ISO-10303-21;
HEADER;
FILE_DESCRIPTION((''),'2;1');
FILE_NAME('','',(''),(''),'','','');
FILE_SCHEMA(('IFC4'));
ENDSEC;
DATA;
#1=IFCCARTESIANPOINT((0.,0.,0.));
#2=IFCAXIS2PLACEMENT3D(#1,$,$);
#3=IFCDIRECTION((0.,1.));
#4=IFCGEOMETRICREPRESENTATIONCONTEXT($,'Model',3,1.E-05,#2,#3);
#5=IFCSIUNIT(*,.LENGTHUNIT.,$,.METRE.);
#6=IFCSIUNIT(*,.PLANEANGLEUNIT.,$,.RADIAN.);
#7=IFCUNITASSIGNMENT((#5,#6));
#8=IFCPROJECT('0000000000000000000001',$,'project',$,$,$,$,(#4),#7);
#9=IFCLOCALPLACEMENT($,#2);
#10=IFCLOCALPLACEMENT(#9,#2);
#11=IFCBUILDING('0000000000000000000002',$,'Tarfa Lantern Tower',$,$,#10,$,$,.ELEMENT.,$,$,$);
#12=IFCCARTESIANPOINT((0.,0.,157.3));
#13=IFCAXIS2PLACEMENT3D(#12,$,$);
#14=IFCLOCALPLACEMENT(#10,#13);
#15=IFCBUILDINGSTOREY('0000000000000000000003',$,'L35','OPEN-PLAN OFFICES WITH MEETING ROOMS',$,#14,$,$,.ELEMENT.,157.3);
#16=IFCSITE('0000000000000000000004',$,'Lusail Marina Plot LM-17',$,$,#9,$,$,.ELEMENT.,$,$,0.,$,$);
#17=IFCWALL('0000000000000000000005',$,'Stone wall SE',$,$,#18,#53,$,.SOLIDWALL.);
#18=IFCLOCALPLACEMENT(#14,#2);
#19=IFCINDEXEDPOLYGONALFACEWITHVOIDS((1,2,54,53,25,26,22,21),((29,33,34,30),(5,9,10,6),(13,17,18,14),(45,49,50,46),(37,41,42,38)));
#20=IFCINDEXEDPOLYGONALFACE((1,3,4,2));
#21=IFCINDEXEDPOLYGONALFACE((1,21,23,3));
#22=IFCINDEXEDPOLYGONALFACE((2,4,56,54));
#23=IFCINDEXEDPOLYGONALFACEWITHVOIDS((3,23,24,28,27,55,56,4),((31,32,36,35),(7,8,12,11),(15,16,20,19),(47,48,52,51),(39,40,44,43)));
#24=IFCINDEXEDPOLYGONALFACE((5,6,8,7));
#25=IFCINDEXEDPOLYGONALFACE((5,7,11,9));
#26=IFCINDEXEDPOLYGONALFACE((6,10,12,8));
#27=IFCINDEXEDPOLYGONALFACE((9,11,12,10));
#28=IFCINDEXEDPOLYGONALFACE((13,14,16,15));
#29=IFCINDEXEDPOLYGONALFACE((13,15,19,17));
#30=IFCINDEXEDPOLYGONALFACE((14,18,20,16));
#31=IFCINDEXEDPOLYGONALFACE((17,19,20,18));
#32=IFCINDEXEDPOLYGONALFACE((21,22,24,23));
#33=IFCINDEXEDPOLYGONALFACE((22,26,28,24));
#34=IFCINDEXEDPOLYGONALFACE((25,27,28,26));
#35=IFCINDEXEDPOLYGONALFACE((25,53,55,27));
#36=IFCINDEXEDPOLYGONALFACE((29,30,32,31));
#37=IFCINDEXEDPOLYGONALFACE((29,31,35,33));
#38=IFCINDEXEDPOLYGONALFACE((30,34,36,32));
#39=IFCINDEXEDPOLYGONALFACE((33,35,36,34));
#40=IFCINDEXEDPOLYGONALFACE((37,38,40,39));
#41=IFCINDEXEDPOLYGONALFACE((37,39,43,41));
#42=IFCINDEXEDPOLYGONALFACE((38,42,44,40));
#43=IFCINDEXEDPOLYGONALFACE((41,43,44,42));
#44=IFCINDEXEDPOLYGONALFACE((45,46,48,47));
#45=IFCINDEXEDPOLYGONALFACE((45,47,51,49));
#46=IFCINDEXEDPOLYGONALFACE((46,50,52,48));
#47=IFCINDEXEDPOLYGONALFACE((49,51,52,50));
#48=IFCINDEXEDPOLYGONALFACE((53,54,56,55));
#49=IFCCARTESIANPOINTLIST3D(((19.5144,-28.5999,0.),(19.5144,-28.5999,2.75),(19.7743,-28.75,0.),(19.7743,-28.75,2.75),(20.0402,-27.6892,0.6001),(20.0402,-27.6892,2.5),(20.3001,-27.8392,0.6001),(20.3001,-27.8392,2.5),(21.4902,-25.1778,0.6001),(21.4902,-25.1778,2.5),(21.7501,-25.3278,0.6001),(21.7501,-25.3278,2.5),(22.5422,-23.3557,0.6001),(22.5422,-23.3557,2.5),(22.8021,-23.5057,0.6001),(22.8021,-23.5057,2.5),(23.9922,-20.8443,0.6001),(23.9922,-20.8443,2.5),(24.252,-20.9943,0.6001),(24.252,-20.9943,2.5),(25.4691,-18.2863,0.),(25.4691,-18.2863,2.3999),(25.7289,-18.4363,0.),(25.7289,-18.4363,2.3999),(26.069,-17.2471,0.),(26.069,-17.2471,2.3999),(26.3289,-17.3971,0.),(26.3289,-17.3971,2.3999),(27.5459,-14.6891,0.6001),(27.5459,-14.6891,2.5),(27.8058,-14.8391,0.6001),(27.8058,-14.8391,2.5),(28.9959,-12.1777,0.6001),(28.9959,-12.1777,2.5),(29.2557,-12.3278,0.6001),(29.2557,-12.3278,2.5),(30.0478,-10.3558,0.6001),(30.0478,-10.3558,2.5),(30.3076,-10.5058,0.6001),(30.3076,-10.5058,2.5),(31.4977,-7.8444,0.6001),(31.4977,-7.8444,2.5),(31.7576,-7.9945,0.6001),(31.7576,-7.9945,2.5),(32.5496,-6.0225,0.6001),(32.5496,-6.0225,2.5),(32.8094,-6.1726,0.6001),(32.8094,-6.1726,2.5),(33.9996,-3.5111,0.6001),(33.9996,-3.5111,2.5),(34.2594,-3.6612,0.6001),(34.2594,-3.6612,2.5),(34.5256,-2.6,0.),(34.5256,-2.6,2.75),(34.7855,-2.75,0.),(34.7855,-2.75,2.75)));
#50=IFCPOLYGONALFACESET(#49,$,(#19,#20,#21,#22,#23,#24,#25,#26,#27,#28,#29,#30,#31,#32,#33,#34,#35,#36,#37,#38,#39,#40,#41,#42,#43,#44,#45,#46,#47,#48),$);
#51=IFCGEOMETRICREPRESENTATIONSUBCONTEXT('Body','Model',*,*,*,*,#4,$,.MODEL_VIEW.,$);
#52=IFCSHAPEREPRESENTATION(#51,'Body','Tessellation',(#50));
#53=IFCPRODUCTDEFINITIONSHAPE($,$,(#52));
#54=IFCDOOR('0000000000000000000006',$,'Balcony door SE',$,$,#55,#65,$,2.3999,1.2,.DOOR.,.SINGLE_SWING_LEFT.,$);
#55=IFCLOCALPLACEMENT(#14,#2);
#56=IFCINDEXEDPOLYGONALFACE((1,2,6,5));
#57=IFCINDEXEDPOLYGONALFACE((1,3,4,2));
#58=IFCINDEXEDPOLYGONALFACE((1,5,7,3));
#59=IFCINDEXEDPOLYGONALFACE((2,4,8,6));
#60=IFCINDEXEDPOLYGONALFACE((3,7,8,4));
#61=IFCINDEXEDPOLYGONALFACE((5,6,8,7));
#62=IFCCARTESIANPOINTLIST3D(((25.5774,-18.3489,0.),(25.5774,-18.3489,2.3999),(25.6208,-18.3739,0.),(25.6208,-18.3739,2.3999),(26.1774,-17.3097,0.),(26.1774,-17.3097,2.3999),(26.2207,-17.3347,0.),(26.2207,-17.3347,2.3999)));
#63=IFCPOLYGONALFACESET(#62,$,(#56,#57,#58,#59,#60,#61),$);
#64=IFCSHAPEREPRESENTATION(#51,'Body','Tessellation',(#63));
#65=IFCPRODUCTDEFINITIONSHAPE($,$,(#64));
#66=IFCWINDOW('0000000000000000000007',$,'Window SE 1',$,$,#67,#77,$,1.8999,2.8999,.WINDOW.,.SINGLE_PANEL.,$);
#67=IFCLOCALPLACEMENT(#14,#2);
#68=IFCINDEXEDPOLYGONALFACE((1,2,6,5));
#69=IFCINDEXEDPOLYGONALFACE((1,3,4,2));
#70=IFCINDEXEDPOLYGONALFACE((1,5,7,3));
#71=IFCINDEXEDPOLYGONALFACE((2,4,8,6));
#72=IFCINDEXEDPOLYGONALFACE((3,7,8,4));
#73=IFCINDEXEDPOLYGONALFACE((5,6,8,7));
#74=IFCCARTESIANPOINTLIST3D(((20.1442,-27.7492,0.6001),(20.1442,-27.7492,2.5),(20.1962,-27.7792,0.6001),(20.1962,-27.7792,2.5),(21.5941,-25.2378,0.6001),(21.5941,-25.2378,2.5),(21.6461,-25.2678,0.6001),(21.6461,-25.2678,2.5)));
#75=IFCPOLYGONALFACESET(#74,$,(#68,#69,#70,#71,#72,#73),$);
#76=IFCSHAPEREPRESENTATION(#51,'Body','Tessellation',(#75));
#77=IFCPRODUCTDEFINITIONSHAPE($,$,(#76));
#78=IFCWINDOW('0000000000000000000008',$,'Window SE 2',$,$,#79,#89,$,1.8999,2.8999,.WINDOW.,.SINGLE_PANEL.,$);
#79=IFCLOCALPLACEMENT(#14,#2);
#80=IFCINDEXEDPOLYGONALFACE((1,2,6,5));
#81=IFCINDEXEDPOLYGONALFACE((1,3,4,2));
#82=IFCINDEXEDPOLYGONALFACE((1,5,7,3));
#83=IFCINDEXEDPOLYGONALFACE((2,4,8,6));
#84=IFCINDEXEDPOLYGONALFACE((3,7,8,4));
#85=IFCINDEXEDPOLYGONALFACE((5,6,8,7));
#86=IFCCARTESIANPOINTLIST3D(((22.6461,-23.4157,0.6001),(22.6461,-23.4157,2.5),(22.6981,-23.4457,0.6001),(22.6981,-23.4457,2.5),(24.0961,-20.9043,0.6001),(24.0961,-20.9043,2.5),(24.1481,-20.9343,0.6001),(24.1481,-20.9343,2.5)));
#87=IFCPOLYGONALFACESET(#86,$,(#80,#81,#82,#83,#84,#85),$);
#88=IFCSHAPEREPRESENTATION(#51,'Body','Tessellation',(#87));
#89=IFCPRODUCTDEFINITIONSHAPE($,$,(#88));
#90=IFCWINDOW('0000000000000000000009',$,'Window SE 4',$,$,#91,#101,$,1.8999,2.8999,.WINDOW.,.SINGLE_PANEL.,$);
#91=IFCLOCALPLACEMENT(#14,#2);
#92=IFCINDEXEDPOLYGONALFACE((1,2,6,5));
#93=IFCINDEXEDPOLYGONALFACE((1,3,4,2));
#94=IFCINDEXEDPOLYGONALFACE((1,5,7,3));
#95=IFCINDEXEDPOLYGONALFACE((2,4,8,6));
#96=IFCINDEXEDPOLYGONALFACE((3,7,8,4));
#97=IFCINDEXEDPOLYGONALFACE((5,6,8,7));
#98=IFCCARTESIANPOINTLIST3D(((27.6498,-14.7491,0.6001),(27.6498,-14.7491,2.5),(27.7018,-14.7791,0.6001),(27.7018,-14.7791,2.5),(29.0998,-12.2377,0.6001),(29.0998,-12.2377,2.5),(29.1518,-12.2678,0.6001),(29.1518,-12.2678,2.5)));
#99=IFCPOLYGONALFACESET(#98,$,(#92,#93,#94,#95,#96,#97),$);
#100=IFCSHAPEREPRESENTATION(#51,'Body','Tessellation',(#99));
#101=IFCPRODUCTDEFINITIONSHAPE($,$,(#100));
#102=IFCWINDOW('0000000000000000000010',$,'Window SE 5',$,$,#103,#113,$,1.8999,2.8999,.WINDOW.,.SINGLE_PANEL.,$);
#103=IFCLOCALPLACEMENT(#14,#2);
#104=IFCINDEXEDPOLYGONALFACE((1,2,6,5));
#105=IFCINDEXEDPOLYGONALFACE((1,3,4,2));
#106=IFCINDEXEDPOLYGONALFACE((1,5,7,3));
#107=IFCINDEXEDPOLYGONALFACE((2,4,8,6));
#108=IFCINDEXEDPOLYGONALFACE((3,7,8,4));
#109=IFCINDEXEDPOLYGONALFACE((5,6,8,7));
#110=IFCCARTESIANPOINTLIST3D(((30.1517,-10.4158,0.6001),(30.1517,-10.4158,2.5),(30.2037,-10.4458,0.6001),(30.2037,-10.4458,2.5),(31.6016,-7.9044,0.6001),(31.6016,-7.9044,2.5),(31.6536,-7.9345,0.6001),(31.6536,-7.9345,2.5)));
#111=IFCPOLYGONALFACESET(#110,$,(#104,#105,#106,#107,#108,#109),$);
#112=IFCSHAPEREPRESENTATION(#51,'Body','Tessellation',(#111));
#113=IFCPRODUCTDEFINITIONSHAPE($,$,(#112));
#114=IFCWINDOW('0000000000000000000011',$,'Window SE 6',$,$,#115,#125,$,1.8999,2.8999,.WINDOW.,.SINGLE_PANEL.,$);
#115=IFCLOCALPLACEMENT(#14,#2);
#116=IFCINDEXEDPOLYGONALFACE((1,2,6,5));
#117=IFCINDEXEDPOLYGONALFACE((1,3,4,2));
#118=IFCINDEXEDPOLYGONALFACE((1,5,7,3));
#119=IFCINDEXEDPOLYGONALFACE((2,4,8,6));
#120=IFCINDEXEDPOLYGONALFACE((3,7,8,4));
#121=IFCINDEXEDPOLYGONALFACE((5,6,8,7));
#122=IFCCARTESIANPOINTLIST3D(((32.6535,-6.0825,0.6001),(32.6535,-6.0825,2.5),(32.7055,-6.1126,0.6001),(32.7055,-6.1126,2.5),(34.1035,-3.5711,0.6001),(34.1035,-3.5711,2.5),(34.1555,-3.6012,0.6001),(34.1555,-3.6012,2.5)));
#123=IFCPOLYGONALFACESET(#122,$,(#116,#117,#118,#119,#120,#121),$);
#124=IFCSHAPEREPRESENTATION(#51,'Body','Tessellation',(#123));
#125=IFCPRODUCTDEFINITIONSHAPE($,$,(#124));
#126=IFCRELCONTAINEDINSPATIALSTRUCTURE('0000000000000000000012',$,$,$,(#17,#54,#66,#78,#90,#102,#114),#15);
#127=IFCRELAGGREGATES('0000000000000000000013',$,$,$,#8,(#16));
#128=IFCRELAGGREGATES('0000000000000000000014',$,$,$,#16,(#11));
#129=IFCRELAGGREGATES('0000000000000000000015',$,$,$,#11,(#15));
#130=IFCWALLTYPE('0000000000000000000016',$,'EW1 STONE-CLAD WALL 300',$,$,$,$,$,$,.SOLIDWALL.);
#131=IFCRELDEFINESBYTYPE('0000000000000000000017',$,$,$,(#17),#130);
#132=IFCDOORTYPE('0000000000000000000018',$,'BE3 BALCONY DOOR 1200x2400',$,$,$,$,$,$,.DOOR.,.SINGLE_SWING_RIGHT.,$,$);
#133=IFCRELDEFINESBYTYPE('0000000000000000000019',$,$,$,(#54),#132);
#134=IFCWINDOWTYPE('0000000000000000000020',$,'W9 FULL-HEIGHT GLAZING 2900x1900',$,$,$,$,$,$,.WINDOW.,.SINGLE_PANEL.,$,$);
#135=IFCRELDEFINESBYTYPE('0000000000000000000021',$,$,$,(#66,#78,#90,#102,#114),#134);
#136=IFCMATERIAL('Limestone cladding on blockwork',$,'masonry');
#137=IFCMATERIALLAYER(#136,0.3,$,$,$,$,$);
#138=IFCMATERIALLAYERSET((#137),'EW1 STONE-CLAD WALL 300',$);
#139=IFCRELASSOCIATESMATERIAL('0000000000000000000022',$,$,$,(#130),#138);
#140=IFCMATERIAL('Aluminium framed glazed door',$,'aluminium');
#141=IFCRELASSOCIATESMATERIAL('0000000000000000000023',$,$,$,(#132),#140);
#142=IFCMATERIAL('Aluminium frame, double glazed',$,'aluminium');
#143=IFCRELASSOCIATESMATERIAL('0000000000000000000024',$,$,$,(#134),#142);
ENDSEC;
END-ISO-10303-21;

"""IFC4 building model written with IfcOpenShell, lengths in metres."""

from ifc_helpers import new_model, si_unit, direction, frame, frame_2d, origin, place, context, subcontext, project, spatial, rectangle, extrude, material, layer, layer_set, type_object, element, fill, save


model = new_model("IFC4")

# Units and contexts
model_context = context("Model", 3, precision=1e-05, world=origin(), true_north=direction((0.0, 1.0)))
body_context = subcontext(model_context, "Body", "Model", "MODEL_VIEW")
ifc_project = project(units=[si_unit("LENGTHUNIT", "METRE"), si_unit("PLANEANGLEUNIT", "RADIAN")], contexts=[model_context])

# Site, building, storey
site_placement = place(None, origin())
site = spatial("IfcSite", under=ifc_project, at=site_placement, Name="Lusail Marina Plot LM-17", CompositionType="ELEMENT", RefElevation=0.0)
building_placement = place(site_placement, origin())
building = spatial("IfcBuilding", under=site, at=building_placement, Name="Tarfa Lantern Tower", CompositionType="ELEMENT")
storey_placement = place(building_placement, frame((0.0, 0.0, 157.3)))
storey = spatial("IfcBuildingStorey", under=building, at=storey_placement, Name="L35", Description="OPEN-PLAN OFFICES WITH MEETING ROOMS", CompositionType="ELEMENT", Elevation=157.3)

# Wall, openings, door, windows
ifc_material_1 = material(Name="Limestone cladding on blockwork", Category="masonry")
ifc_layer = layer(ifc_material_1, 0.3)
ifc_layer_set = layer_set([ifc_layer], Name="EW1 STONE-CLAD WALL 300")
wall_type = type_object("IfcWallType", Name="EW1 STONE-CLAD WALL 300", PredefinedType="SOLIDWALL", material=ifc_layer_set)
wall_placement = place(storey_placement, frame((19.6443, -28.675, 0.0), z_axis=(0.0, 0.0, 1.0), x_axis=(0.500003, 0.866024, 0.0)))
wall = element("IfcWall", 1, at=wall_placement, inside=storey, type_object=wall_type, Name="Stone wall SE", PredefinedType="SOLIDWALL", context=body_context, shape_type="SweptSolid", body=[
    extrude(rectangle(XDim=30.0222, YDim=0.3, at=frame_2d((15.0112, 0.0))), origin(), (0.0, 0.0, 1.0), 2.75),
])
opening_1_placement = place(wall_placement, frame((1.0518, 0.0, 0.6001)))
opening_1 = element("IfcOpeningElement", 2, at=opening_1_placement, cuts=wall, PredefinedType="OPENING", context=body_context, shape_type="SweptSolid", body=[
    extrude(rectangle(XDim=2.8999, YDim=1.8999, at=frame_2d((1.45, 0.95))), frame((0.0, 0.1599, 0.0), z_axis=(0.0, -1.0, 0.0), x_axis=(1.0, 0.0, 0.0)), (0.0, 0.0, 1.0), 0.3201),
])
opening_2_placement = place(wall_placement, frame((6.0557, 0.0, 0.6001)))
opening_2 = element("IfcOpeningElement", 3, at=opening_2_placement, cuts=wall, PredefinedType="OPENING", context=body_context, shape_type="SweptSolid", body=[
    extrude(rectangle(XDim=2.8999, YDim=1.8999, at=frame_2d((1.45, 0.95))), frame((0.0, 0.1599, 0.0), z_axis=(0.0, -1.0, 0.0), x_axis=(1.0, 0.0, 0.0)), (0.0, 0.0, 1.0), 0.3201),
])
opening_3_placement = place(wall_placement, frame((11.9092, 0.0, 0.0)))
opening_3 = element("IfcOpeningElement", 4, at=opening_3_placement, cuts=wall, PredefinedType="OPENING", context=body_context, shape_type="SweptSolid", body=[
    extrude(rectangle(XDim=1.2, YDim=2.3999, at=frame_2d((0.6001, 1.2))), frame((0.0, 0.1599, 0.0), z_axis=(0.0, -1.0, 0.0), x_axis=(1.0, 0.0, 0.0)), (0.0, 0.0, 1.0), 0.3201),
])
opening_4_placement = place(wall_placement, frame((16.063, 0.0, 0.6001)))
opening_4 = element("IfcOpeningElement", 5, at=opening_4_placement, cuts=wall, PredefinedType="OPENING", context=body_context, shape_type="SweptSolid", body=[
    extrude(rectangle(XDim=2.8999, YDim=1.8999, at=frame_2d((1.45, 0.95))), frame((0.0, 0.1599, 0.0), z_axis=(0.0, -1.0, 0.0), x_axis=(1.0, 0.0, 0.0)), (0.0, 0.0, 1.0), 0.3201),
])
opening_5_placement = place(wall_placement, frame((21.0667, 0.0, 0.6001)))
opening_5 = element("IfcOpeningElement", 6, at=opening_5_placement, cuts=wall, PredefinedType="OPENING", context=body_context, shape_type="SweptSolid", body=[
    extrude(rectangle(XDim=2.8999, YDim=1.8999, at=frame_2d((1.45, 0.95))), frame((0.0, 0.1599, 0.0), z_axis=(0.0, -1.0, 0.0), x_axis=(1.0, 0.0, 0.0)), (0.0, 0.0, 1.0), 0.3201),
])
opening_6_placement = place(wall_placement, frame((26.0703, 0.0, 0.6001)))
opening_6 = element("IfcOpeningElement", 7, at=opening_6_placement, cuts=wall, PredefinedType="OPENING", context=body_context, shape_type="SweptSolid", body=[
    extrude(rectangle(XDim=2.8999, YDim=1.8999, at=frame_2d((1.45, 0.95))), frame((0.0, 0.1599, 0.0), z_axis=(0.0, -1.0, 0.0), x_axis=(1.0, 0.0, 0.0)), (0.0, 0.0, 1.0), 0.3201),
])
ifc_material_2 = material(Name="Aluminium framed glazed door", Category="aluminium")
door_type = type_object("IfcDoorType", Name="BE3 BALCONY DOOR 1200x2400", OperationType="SINGLE_SWING_RIGHT", PredefinedType="DOOR", material=ifc_material_2)
door_placement = place(opening_3_placement, origin())
door = element("IfcDoor", 8, at=door_placement, inside=storey, type_object=door_type, Name="Balcony door SE", OperationType="SINGLE_SWING_LEFT", OverallHeight=2.3999, OverallWidth=1.2, PredefinedType="DOOR", context=body_context, shape_type="SweptSolid", body=[
    extrude(rectangle(XDim=1.2, YDim=2.3999, at=frame_2d((0.6001, 1.2))), frame((0.0, 0.0249, 0.0), z_axis=(0.0, -1.0, 0.0), x_axis=(1.0, 0.0, 0.0)), (0.0, 0.0, 1.0), 0.05),
])
fill(opening_3, door)
ifc_material_3 = material(Name="Aluminium frame, double glazed", Category="aluminium")
window_type = type_object("IfcWindowType", Name="W9 FULL-HEIGHT GLAZING 2900x1900", PartitioningType="SINGLE_PANEL", PredefinedType="WINDOW", material=ifc_material_3)
window_1_placement = place(opening_1_placement, origin())
window_1 = element("IfcWindow", 9, at=window_1_placement, inside=storey, type_object=window_type, Name="Window SE 1", OverallHeight=1.8999, OverallWidth=2.8999, PartitioningType="SINGLE_PANEL", PredefinedType="WINDOW", context=body_context, shape_type="SweptSolid", body=[
    extrude(rectangle(XDim=2.8999, YDim=1.8999, at=frame_2d((1.45, 0.95))), frame((0.0, 0.03, 0.0), z_axis=(0.0, -1.0, 0.0), x_axis=(1.0, 0.0, 0.0)), (0.0, 0.0, 1.0), 0.0601),
])
fill(opening_1, window_1)
window_2_placement = place(opening_2_placement, origin())
window_2 = element("IfcWindow", 10, at=window_2_placement, inside=storey, type_object=window_type, Name="Window SE 2", OverallHeight=1.8999, OverallWidth=2.8999, PartitioningType="SINGLE_PANEL", PredefinedType="WINDOW", context=body_context, shape_type="SweptSolid", body=[
    extrude(rectangle(XDim=2.8999, YDim=1.8999, at=frame_2d((1.45, 0.95))), frame((0.0, 0.03, 0.0), z_axis=(0.0, -1.0, 0.0), x_axis=(1.0, 0.0, 0.0)), (0.0, 0.0, 1.0), 0.0601),
])
fill(opening_2, window_2)
window_3_placement = place(opening_4_placement, origin())
window_3 = element("IfcWindow", 11, at=window_3_placement, inside=storey, type_object=window_type, Name="Window SE 4", OverallHeight=1.8999, OverallWidth=2.8999, PartitioningType="SINGLE_PANEL", PredefinedType="WINDOW", context=body_context, shape_type="SweptSolid", body=[
    extrude(rectangle(XDim=2.8999, YDim=1.8999, at=frame_2d((1.45, 0.95))), frame((0.0, 0.03, 0.0), z_axis=(0.0, -1.0, 0.0), x_axis=(1.0, 0.0, 0.0)), (0.0, 0.0, 1.0), 0.0601),
])
fill(opening_4, window_3)
window_4_placement = place(opening_5_placement, origin())
window_4 = element("IfcWindow", 12, at=window_4_placement, inside=storey, type_object=window_type, Name="Window SE 5", OverallHeight=1.8999, OverallWidth=2.8999, PartitioningType="SINGLE_PANEL", PredefinedType="WINDOW", context=body_context, shape_type="SweptSolid", body=[
    extrude(rectangle(XDim=2.8999, YDim=1.8999, at=frame_2d((1.45, 0.95))), frame((0.0, 0.03, 0.0), z_axis=(0.0, -1.0, 0.0), x_axis=(1.0, 0.0, 0.0)), (0.0, 0.0, 1.0), 0.0601),
])
fill(opening_5, window_4)
window_5_placement = place(opening_6_placement, origin())
window_5 = element("IfcWindow", 13, at=window_5_placement, inside=storey, type_object=window_type, Name="Window SE 6", OverallHeight=1.8999, OverallWidth=2.8999, PartitioningType="SINGLE_PANEL", PredefinedType="WINDOW", context=body_context, shape_type="SweptSolid", body=[
    extrude(rectangle(XDim=2.8999, YDim=1.8999, at=frame_2d((1.45, 0.95))), frame((0.0, 0.03, 0.0), z_axis=(0.0, -1.0, 0.0), x_axis=(1.0, 0.0, 0.0)), (0.0, 0.0, 1.0), 0.0601),
])
fill(opening_6, window_5)

save(model, "model.ifc")
